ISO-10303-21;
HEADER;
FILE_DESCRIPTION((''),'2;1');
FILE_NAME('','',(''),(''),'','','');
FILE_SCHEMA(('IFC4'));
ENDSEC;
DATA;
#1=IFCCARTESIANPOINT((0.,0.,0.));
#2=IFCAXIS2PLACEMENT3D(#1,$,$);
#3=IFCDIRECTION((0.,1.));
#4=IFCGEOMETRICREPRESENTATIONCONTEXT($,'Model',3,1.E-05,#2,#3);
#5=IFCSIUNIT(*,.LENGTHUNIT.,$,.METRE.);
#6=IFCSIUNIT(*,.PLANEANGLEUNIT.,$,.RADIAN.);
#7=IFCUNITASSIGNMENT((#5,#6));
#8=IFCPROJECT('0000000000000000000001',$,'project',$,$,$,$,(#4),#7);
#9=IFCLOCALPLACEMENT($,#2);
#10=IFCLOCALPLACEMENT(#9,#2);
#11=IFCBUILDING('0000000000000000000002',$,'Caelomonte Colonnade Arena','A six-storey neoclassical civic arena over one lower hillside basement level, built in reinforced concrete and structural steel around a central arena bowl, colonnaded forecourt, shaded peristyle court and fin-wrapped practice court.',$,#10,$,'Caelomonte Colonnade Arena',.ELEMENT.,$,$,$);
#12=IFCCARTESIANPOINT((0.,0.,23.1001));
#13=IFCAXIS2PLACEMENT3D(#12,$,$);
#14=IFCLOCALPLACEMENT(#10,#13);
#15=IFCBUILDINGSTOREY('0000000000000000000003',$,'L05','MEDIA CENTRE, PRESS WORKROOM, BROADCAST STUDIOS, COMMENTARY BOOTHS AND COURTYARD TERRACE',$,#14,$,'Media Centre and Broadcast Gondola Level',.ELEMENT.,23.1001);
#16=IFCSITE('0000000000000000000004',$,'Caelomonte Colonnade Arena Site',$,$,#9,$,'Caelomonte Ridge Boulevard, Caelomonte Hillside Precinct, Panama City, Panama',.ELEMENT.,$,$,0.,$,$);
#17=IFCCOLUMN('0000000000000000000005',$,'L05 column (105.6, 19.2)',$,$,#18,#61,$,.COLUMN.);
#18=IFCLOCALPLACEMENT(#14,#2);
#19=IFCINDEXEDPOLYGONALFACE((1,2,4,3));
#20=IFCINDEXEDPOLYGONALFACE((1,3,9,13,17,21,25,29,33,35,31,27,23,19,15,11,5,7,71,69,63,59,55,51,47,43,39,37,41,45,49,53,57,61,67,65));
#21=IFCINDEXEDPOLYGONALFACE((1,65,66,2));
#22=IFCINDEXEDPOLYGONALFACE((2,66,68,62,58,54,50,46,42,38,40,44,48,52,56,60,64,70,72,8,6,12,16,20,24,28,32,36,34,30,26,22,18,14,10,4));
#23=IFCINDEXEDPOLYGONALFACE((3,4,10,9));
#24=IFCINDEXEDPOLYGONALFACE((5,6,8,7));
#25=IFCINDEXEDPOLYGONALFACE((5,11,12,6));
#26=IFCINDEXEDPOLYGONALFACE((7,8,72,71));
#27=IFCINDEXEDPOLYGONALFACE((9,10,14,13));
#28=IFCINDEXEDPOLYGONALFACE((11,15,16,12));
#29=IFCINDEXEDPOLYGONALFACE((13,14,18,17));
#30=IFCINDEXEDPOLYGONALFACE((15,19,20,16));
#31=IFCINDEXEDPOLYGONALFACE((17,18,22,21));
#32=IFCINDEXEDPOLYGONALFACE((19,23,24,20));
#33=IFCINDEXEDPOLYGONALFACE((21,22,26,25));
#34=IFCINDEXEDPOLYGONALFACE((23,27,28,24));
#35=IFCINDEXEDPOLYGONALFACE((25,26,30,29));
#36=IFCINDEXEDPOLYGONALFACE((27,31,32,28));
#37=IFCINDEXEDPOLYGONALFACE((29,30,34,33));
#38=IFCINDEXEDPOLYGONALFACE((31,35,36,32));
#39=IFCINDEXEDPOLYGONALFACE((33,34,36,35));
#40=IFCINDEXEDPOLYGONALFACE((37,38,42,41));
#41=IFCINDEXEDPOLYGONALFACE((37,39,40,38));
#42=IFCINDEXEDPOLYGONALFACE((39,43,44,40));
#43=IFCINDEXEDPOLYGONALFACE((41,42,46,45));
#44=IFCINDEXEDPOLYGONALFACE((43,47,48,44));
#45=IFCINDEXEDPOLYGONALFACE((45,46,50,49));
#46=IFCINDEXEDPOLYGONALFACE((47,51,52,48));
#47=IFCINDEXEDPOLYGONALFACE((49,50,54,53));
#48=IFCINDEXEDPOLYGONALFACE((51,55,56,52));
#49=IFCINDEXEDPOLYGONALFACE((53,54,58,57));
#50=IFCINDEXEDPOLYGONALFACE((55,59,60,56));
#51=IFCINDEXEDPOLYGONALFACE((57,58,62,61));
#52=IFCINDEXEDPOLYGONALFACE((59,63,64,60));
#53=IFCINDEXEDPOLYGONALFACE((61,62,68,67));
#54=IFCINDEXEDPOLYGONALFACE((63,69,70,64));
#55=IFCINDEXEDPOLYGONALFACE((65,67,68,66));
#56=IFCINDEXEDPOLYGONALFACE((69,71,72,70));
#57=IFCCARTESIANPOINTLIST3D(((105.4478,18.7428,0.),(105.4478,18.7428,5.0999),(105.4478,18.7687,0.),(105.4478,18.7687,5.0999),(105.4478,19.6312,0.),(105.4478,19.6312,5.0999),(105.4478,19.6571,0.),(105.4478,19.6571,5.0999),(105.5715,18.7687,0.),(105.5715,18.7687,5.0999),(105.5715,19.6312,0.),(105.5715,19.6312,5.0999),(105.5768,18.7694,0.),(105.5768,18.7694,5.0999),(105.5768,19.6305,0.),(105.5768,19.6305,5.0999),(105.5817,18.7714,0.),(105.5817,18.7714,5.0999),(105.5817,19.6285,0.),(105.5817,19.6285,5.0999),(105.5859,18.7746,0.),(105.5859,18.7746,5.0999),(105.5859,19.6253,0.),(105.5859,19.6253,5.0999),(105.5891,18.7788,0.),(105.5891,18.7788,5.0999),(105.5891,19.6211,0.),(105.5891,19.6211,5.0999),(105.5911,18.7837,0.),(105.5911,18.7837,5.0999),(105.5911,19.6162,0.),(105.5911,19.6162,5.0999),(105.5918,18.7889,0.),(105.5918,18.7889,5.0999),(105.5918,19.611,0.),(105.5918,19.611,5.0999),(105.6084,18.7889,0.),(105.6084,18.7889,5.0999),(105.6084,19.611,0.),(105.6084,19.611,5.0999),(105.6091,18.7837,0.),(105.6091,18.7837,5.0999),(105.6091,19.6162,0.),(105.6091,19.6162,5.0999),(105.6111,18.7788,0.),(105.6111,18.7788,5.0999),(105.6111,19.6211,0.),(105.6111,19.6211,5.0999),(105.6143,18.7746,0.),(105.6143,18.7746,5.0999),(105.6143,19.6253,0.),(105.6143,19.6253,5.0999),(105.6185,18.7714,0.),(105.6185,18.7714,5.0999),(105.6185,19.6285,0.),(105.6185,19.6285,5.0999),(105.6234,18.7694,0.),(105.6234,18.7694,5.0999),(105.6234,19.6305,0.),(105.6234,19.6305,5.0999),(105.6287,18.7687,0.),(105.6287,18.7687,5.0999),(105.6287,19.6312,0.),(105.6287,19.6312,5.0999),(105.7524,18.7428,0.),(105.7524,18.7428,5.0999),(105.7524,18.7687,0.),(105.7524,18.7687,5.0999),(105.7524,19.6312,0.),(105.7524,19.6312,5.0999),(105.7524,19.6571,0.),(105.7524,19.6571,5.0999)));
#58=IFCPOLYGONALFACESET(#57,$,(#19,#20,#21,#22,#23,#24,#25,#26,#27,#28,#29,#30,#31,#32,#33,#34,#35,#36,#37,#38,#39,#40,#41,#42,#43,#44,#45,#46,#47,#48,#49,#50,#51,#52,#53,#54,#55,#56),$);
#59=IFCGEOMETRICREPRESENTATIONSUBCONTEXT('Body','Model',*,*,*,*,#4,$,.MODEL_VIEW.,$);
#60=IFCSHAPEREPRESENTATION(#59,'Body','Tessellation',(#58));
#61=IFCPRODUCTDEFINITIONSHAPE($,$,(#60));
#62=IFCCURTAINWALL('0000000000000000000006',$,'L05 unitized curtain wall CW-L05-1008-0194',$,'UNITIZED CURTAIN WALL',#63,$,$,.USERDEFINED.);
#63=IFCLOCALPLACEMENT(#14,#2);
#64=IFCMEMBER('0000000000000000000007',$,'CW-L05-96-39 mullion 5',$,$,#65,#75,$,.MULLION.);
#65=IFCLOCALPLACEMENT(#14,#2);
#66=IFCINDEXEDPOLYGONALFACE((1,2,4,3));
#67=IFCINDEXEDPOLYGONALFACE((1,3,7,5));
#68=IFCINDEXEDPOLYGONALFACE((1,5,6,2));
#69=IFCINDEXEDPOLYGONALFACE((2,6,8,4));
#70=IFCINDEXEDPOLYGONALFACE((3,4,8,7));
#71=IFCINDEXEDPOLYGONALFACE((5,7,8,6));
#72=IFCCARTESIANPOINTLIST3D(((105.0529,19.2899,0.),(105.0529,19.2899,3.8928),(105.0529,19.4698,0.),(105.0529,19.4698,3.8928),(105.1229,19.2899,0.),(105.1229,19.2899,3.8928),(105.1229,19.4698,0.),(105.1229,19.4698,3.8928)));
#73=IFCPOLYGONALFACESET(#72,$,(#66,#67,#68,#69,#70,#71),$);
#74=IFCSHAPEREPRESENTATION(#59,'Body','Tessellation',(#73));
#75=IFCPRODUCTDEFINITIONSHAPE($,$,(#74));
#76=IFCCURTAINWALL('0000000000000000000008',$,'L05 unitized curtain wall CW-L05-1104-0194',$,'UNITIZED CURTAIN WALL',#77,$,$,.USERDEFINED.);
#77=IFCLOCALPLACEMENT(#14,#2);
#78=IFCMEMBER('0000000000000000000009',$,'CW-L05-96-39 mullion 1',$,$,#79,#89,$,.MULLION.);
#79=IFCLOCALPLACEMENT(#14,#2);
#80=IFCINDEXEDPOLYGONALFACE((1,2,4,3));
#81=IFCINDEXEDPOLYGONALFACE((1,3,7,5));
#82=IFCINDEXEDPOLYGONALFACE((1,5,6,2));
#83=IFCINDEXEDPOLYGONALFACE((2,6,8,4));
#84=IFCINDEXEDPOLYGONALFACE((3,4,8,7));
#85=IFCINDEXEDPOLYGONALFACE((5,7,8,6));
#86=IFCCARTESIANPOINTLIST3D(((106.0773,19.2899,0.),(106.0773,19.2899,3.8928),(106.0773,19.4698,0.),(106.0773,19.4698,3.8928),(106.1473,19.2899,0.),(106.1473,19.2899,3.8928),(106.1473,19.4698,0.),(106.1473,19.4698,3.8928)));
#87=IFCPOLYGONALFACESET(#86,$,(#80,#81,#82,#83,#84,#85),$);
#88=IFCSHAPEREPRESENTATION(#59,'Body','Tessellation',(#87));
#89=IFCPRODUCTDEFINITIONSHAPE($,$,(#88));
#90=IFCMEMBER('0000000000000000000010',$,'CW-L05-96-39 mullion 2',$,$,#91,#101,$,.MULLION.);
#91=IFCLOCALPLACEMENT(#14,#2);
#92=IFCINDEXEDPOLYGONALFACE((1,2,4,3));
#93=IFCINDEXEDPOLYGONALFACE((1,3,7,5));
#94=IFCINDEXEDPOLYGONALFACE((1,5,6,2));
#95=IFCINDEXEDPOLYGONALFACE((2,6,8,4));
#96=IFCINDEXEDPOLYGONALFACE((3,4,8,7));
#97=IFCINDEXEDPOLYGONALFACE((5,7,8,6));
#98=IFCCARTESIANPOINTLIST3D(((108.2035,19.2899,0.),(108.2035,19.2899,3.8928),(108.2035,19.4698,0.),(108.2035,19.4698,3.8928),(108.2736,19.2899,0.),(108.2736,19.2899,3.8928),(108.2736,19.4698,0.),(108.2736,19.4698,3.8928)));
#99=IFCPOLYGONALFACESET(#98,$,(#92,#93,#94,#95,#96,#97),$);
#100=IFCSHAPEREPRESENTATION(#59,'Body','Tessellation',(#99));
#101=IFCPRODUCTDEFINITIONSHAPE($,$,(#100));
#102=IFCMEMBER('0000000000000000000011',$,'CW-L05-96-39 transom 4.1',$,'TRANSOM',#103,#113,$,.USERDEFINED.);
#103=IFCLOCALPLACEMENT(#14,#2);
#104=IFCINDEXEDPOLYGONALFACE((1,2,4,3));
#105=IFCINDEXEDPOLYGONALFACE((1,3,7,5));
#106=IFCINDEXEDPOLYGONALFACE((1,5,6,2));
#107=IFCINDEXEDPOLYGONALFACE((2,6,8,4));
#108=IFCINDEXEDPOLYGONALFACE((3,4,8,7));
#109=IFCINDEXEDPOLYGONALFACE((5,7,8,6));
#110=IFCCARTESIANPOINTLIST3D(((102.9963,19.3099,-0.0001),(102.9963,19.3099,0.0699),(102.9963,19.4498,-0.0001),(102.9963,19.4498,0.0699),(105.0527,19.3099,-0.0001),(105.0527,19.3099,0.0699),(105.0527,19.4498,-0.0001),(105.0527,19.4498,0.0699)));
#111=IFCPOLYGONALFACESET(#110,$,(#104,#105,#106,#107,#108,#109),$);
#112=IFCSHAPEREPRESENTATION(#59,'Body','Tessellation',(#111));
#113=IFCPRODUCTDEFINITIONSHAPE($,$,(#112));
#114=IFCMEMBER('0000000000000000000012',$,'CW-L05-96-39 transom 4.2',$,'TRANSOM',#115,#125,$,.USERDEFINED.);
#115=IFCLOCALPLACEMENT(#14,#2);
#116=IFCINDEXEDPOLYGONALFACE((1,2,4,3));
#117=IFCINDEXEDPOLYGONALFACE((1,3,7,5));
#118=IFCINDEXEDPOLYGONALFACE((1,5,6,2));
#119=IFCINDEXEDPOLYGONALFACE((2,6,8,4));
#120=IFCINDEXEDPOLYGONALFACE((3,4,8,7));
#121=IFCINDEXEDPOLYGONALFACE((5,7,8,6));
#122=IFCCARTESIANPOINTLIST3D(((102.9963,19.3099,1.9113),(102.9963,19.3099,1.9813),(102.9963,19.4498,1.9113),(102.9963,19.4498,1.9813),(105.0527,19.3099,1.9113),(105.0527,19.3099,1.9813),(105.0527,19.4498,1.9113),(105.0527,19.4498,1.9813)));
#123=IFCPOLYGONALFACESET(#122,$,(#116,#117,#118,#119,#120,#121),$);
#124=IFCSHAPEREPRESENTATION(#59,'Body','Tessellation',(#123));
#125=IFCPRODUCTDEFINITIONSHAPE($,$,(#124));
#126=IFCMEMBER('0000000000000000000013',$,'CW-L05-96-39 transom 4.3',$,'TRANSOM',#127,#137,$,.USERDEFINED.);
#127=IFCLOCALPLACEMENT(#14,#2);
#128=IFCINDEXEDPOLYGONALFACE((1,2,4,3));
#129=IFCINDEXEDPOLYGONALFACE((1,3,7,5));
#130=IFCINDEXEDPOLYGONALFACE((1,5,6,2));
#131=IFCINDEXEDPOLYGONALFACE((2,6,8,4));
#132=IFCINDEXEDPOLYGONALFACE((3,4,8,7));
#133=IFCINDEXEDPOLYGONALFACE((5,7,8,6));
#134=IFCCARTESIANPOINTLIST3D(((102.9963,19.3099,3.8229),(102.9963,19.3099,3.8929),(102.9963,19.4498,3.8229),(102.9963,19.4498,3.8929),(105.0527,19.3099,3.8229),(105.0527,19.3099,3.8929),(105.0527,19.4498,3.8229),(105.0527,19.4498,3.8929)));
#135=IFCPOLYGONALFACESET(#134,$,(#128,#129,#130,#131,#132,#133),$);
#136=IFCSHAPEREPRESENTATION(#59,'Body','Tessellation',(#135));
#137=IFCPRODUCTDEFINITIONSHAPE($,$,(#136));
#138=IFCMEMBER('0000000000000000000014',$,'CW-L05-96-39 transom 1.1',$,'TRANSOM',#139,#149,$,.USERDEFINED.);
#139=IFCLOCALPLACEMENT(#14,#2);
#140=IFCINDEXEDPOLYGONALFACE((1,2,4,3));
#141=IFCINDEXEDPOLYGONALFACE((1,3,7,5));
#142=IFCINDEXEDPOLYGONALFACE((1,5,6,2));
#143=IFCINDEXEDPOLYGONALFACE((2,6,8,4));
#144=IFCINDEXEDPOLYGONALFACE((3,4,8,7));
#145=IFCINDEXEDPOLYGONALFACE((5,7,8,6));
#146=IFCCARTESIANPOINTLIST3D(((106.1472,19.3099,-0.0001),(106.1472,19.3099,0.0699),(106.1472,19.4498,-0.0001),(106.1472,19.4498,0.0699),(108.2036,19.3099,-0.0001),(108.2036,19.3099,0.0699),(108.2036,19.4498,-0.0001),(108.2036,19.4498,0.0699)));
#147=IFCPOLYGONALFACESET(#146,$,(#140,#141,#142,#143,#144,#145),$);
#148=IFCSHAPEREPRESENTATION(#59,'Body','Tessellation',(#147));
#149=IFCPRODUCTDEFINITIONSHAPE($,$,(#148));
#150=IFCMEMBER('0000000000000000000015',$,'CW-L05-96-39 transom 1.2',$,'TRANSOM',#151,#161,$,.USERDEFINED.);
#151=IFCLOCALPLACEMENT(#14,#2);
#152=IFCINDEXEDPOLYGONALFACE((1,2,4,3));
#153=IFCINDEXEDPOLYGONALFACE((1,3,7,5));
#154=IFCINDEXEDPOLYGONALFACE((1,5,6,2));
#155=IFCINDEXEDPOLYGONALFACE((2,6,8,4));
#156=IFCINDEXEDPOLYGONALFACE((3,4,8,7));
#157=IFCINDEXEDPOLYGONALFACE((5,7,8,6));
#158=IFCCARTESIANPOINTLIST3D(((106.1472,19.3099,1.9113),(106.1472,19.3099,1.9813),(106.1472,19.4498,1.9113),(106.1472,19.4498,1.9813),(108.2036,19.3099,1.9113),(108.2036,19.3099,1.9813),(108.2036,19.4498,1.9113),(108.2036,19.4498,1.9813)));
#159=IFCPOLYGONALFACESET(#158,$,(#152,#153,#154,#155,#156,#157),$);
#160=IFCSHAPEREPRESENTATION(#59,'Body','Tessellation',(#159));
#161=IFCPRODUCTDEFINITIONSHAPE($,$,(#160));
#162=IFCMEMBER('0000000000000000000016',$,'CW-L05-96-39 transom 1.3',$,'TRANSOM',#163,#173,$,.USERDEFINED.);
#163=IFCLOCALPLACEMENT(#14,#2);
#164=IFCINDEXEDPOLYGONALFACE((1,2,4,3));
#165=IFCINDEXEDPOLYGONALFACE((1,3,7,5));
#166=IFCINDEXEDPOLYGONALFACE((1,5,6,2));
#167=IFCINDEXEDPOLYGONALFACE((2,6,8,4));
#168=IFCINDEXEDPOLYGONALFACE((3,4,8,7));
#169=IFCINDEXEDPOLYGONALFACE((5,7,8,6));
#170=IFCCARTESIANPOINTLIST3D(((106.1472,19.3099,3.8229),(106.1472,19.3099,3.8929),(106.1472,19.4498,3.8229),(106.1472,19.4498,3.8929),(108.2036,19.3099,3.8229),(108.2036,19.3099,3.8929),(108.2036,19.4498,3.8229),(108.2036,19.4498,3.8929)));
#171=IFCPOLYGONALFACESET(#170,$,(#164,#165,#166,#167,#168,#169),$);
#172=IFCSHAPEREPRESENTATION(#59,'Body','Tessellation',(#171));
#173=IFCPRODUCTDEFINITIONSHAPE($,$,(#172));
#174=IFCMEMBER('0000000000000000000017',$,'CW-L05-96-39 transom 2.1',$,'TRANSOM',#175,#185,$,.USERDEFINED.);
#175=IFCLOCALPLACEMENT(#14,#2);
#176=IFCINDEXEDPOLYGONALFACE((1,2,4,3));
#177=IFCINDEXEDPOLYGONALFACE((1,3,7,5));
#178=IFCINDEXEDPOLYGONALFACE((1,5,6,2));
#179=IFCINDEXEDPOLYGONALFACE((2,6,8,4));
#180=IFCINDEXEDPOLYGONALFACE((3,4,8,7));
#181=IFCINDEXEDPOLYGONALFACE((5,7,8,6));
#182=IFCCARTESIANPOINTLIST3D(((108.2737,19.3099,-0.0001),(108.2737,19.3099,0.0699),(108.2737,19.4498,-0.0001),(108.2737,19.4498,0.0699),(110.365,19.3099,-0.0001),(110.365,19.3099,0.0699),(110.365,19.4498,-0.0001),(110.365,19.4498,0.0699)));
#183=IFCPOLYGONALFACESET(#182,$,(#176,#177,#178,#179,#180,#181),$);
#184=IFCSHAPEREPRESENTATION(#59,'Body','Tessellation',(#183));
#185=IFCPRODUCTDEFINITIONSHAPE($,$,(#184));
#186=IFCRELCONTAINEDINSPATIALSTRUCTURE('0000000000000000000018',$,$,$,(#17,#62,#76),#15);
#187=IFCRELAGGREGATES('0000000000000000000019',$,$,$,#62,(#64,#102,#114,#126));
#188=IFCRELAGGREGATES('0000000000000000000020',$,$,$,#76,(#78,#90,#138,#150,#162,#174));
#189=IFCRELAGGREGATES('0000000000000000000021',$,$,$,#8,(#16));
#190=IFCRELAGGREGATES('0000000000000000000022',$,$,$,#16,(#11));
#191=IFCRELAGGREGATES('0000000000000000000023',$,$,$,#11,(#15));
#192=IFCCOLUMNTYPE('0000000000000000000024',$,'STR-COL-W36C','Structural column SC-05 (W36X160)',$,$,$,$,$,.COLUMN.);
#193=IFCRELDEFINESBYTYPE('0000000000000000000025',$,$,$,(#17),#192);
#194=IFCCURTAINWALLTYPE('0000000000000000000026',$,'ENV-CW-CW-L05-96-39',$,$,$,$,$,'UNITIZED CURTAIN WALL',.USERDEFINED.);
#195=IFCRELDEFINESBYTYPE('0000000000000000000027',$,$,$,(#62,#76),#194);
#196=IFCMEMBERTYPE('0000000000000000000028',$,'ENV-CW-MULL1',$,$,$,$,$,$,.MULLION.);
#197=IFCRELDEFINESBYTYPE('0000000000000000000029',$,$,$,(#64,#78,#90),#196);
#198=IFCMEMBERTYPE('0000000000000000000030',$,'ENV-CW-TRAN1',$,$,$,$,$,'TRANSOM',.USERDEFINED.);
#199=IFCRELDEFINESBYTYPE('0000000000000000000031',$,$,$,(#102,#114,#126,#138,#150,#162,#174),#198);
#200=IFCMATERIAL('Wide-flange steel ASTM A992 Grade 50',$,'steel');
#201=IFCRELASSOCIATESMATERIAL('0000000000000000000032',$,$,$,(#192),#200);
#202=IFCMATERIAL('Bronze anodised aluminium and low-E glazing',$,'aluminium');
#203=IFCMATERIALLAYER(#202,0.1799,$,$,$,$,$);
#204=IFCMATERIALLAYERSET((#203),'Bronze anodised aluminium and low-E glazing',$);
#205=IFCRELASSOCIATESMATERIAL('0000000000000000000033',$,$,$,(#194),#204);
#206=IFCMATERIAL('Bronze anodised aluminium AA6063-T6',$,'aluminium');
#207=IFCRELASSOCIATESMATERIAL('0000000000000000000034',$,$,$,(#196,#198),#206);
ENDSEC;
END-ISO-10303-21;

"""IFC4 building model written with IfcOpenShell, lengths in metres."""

from ifc_helpers import new_model, si_unit, direction, frame, origin, origin_2d, place, context, subcontext, project, spatial, rectangle, i_section, extrude, material, layer, layer_set, material_profile, profile_set, type_object, element, aggregate, save


model = new_model("IFC4")

# Units and contexts
model_context = context("Model", 3, precision=1e-05, world=origin(), true_north=direction((0.0, 1.0)))
body_context = subcontext(model_context, "Body", "Model", "MODEL_VIEW")
ifc_project = project(units=[si_unit("LENGTHUNIT", "METRE"), si_unit("PLANEANGLEUNIT", "RADIAN")], contexts=[model_context])

# Site, building, storey
site_placement = place(None, origin())
site = spatial("IfcSite", under=ifc_project, at=site_placement, Name="Caelomonte Colonnade Arena Site", LongName="Caelomonte Ridge Boulevard, Caelomonte Hillside Precinct, Panama City, Panama", CompositionType="ELEMENT", RefElevation=0.0)
building_placement = place(site_placement, origin())
building = spatial("IfcBuilding", under=site, at=building_placement, Name="Caelomonte Colonnade Arena", Description="A six-storey neoclassical civic arena over one lower hillside basement level, built in reinforced concrete and structural steel around a central arena bowl, colonnaded forecourt, shaded peristyle court and fin-wrapped practice court.", LongName="Caelomonte Colonnade Arena", CompositionType="ELEMENT")
storey_placement = place(building_placement, frame((0.0, 0.0, 23.1001)))
storey = spatial("IfcBuildingStorey", under=building, at=storey_placement, Name="L05", Description="MEDIA CENTRE, PRESS WORKROOM, BROADCAST STUDIOS, COMMENTARY BOOTHS AND COURTYARD TERRACE", LongName="Media Centre and Broadcast Gondola Level", CompositionType="ELEMENT", Elevation=23.1001)

# Column
ifc_material_1 = material(Name="Wide-flange steel ASTM A992 Grade 50", Category="steel")
ifc_material_profile_1 = material_profile(ifc_material_1, i_section(OverallWidth=0.3047, OverallDepth=0.9143, WebThickness=0.0166, FlangeThickness=0.0259, FilletRadius=0.0203, at=origin_2d()), Name="W36X160")
ifc_profile_set_1 = profile_set([ifc_material_profile_1], Name="Wide-flange steel ASTM A992 Grade 50")
column_type = type_object("IfcColumnType", Name="STR-COL-W36C", Description="Structural column SC-05 (W36X160)", PredefinedType="COLUMN", material=ifc_profile_set_1)
column_placement = place(storey_placement, frame((105.6001, 19.2, 0.0), z_axis=(0.0, 0.0, 1.0), x_axis=(1.0, 0.0, 0.0)))
element("IfcColumn", 1, at=column_placement, inside=storey, type_object=column_type, Name="L05 column (105.6, 19.2)", PredefinedType="COLUMN", context=body_context, shape_type="SweptSolid", body=[
    extrude(i_section(OverallWidth=0.3047, OverallDepth=0.9143, WebThickness=0.0166, FlangeThickness=0.0259, FilletRadius=0.0203, at=origin_2d()), origin(), (0.0, 0.0, 1.0), 5.0999),
])

# Curtain wall, member
ifc_material_2 = material(Name="Bronze anodised aluminium and low-E glazing", Category="aluminium")
ifc_layer_1 = layer(ifc_material_2, 0.1799)
ifc_layer_set_1 = layer_set([ifc_layer_1], Name="Bronze anodised aluminium and low-E glazing")
curtain_wall_type = type_object("IfcCurtainWallType", Name="ENV-CW-CW-L05-96-39", ElementType="UNITIZED CURTAIN WALL", PredefinedType="USERDEFINED", material=ifc_layer_set_1)
curtain_wall_1_placement = place(storey_placement, origin())
curtain_wall_1 = element("IfcCurtainWall", 2, at=curtain_wall_1_placement, inside=storey, type_object=curtain_wall_type, Name="L05 unitized curtain wall CW-L05-1008-0194", ObjectType="UNITIZED CURTAIN WALL", PredefinedType="USERDEFINED")
ifc_material_3 = material(Name="Bronze anodised aluminium AA6063-T6", Category="aluminium")
ifc_material_profile_2 = material_profile(ifc_material_3, rectangle(XDim=0.0701, YDim=0.1799, at=origin_2d()), Name="CWM-70X180")
ifc_profile_set_2 = profile_set([ifc_material_profile_2], Name="Bronze anodised aluminium AA6063-T6")
member_type_1 = type_object("IfcMemberType", Name="ENV-CW-MULL1", PredefinedType="MULLION", material=ifc_profile_set_2)
member_1_placement = place(storey_placement, frame((105.0879, 19.3799, 0.0), z_axis=(0.0, 0.0, 1.0), x_axis=(1.0, 0.0, 0.0)))
member_1 = element("IfcMember", 3, at=member_1_placement, type_object=member_type_1, Name="CW-L05-96-39 mullion 5", PredefinedType="MULLION", context=body_context, shape_type="SweptSolid", body=[
    extrude(rectangle(XDim=0.0701, YDim=0.1799, at=origin_2d()), origin(), (0.0, 0.0, 1.0), 3.8928),
])

# Curtain wall, members
curtain_wall_2_placement = place(storey_placement, origin())
curtain_wall_2 = element("IfcCurtainWall", 4, at=curtain_wall_2_placement, inside=storey, type_object=curtain_wall_type, Name="L05 unitized curtain wall CW-L05-1104-0194", ObjectType="UNITIZED CURTAIN WALL", PredefinedType="USERDEFINED")
member_2_placement = place(storey_placement, frame((106.1123, 19.3799, 0.0), z_axis=(0.0, 0.0, 1.0), x_axis=(1.0, 0.0, 0.0)))
member_2 = element("IfcMember", 5, at=member_2_placement, type_object=member_type_1, Name="CW-L05-96-39 mullion 1", PredefinedType="MULLION", context=body_context, shape_type="SweptSolid", body=[
    extrude(rectangle(XDim=0.0701, YDim=0.1799, at=origin_2d()), origin(), (0.0, 0.0, 1.0), 3.8928),
])
member_3_placement = place(storey_placement, frame((108.2385, 19.3799, 0.0), z_axis=(0.0, 0.0, 1.0), x_axis=(1.0, 0.0, 0.0)))
member_3 = element("IfcMember", 6, at=member_3_placement, type_object=member_type_1, Name="CW-L05-96-39 mullion 2", PredefinedType="MULLION", context=body_context, shape_type="SweptSolid", body=[
    extrude(rectangle(XDim=0.0701, YDim=0.1799, at=origin_2d()), origin(), (0.0, 0.0, 1.0), 3.8928),
])

# Members
ifc_material_profile_3 = material_profile(ifc_material_3, rectangle(XDim=0.0701, YDim=0.1399, at=origin_2d()), Name="CWT-70X140")
ifc_profile_set_3 = profile_set([ifc_material_profile_3], Name="Bronze anodised aluminium AA6063-T6")
member_type_2 = type_object("IfcMemberType", Name="ENV-CW-TRAN1", ElementType="TRANSOM", PredefinedType="USERDEFINED", material=ifc_profile_set_3)
member_4_placement = place(storey_placement, frame((102.9963, 19.3799, 0.0349), z_axis=(1.0, 0.0, 0.0), x_axis=(0.0, 0.0, 1.0)))
member_4 = element("IfcMember", 7, at=member_4_placement, type_object=member_type_2, Name="CW-L05-96-39 transom 4.1", ObjectType="TRANSOM", PredefinedType="USERDEFINED", context=body_context, shape_type="SweptSolid", body=[
    extrude(rectangle(XDim=0.0701, YDim=0.1399, at=origin_2d()), origin(), (0.0, 0.0, 1.0), 2.0564),
])
member_5_placement = place(storey_placement, frame((102.9963, 19.3799, 1.9463), z_axis=(1.0, 0.0, 0.0), x_axis=(0.0, 0.0, 1.0)))
member_5 = element("IfcMember", 8, at=member_5_placement, type_object=member_type_2, Name="CW-L05-96-39 transom 4.2", ObjectType="TRANSOM", PredefinedType="USERDEFINED", context=body_context, shape_type="SweptSolid", body=[
    extrude(rectangle(XDim=0.0701, YDim=0.1399, at=origin_2d()), origin(), (0.0, 0.0, 1.0), 2.0564),
])
member_6_placement = place(storey_placement, frame((102.9963, 19.3799, 3.8579), z_axis=(1.0, 0.0, 0.0), x_axis=(0.0, 0.0, 1.0)))
member_6 = element("IfcMember", 9, at=member_6_placement, type_object=member_type_2, Name="CW-L05-96-39 transom 4.3", ObjectType="TRANSOM", PredefinedType="USERDEFINED", context=body_context, shape_type="SweptSolid", body=[
    extrude(rectangle(XDim=0.0701, YDim=0.1399, at=origin_2d()), origin(), (0.0, 0.0, 1.0), 2.0564),
])
member_7_placement = place(storey_placement, frame((106.1472, 19.3799, 0.0349), z_axis=(1.0, 0.0, 0.0), x_axis=(0.0, 0.0, 1.0)))
member_7 = element("IfcMember", 10, at=member_7_placement, type_object=member_type_2, Name="CW-L05-96-39 transom 1.1", ObjectType="TRANSOM", PredefinedType="USERDEFINED", context=body_context, shape_type="SweptSolid", body=[
    extrude(rectangle(XDim=0.0701, YDim=0.1399, at=origin_2d()), origin(), (0.0, 0.0, 1.0), 2.0564),
])
member_8_placement = place(storey_placement, frame((106.1472, 19.3799, 1.9463), z_axis=(1.0, 0.0, 0.0), x_axis=(0.0, 0.0, 1.0)))
member_8 = element("IfcMember", 11, at=member_8_placement, type_object=member_type_2, Name="CW-L05-96-39 transom 1.2", ObjectType="TRANSOM", PredefinedType="USERDEFINED", context=body_context, shape_type="SweptSolid", body=[
    extrude(rectangle(XDim=0.0701, YDim=0.1399, at=origin_2d()), origin(), (0.0, 0.0, 1.0), 2.0564),
])
member_9_placement = place(storey_placement, frame((106.1472, 19.3799, 3.8579), z_axis=(1.0, 0.0, 0.0), x_axis=(0.0, 0.0, 1.0)))
member_9 = element("IfcMember", 12, at=member_9_placement, type_object=member_type_2, Name="CW-L05-96-39 transom 1.3", ObjectType="TRANSOM", PredefinedType="USERDEFINED", context=body_context, shape_type="SweptSolid", body=[
    extrude(rectangle(XDim=0.0701, YDim=0.1399, at=origin_2d()), origin(), (0.0, 0.0, 1.0), 2.0564),
])
member_10_placement = place(storey_placement, frame((108.2737, 19.3799, 0.0349), z_axis=(1.0, 0.0, 0.0), x_axis=(0.0, 0.0, 1.0)))
member_10 = element("IfcMember", 13, at=member_10_placement, type_object=member_type_2, Name="CW-L05-96-39 transom 2.1", ObjectType="TRANSOM", PredefinedType="USERDEFINED", context=body_context, shape_type="SweptSolid", body=[
    extrude(rectangle(XDim=0.0701, YDim=0.1399, at=origin_2d()), origin(), (0.0, 0.0, 1.0), 2.0913),
])

aggregate(curtain_wall_1, [member_1, member_4, member_5, member_6])
aggregate(curtain_wall_2, [member_2, member_3, member_7, member_8, member_9, member_10])

save(model, "model.ifc")
